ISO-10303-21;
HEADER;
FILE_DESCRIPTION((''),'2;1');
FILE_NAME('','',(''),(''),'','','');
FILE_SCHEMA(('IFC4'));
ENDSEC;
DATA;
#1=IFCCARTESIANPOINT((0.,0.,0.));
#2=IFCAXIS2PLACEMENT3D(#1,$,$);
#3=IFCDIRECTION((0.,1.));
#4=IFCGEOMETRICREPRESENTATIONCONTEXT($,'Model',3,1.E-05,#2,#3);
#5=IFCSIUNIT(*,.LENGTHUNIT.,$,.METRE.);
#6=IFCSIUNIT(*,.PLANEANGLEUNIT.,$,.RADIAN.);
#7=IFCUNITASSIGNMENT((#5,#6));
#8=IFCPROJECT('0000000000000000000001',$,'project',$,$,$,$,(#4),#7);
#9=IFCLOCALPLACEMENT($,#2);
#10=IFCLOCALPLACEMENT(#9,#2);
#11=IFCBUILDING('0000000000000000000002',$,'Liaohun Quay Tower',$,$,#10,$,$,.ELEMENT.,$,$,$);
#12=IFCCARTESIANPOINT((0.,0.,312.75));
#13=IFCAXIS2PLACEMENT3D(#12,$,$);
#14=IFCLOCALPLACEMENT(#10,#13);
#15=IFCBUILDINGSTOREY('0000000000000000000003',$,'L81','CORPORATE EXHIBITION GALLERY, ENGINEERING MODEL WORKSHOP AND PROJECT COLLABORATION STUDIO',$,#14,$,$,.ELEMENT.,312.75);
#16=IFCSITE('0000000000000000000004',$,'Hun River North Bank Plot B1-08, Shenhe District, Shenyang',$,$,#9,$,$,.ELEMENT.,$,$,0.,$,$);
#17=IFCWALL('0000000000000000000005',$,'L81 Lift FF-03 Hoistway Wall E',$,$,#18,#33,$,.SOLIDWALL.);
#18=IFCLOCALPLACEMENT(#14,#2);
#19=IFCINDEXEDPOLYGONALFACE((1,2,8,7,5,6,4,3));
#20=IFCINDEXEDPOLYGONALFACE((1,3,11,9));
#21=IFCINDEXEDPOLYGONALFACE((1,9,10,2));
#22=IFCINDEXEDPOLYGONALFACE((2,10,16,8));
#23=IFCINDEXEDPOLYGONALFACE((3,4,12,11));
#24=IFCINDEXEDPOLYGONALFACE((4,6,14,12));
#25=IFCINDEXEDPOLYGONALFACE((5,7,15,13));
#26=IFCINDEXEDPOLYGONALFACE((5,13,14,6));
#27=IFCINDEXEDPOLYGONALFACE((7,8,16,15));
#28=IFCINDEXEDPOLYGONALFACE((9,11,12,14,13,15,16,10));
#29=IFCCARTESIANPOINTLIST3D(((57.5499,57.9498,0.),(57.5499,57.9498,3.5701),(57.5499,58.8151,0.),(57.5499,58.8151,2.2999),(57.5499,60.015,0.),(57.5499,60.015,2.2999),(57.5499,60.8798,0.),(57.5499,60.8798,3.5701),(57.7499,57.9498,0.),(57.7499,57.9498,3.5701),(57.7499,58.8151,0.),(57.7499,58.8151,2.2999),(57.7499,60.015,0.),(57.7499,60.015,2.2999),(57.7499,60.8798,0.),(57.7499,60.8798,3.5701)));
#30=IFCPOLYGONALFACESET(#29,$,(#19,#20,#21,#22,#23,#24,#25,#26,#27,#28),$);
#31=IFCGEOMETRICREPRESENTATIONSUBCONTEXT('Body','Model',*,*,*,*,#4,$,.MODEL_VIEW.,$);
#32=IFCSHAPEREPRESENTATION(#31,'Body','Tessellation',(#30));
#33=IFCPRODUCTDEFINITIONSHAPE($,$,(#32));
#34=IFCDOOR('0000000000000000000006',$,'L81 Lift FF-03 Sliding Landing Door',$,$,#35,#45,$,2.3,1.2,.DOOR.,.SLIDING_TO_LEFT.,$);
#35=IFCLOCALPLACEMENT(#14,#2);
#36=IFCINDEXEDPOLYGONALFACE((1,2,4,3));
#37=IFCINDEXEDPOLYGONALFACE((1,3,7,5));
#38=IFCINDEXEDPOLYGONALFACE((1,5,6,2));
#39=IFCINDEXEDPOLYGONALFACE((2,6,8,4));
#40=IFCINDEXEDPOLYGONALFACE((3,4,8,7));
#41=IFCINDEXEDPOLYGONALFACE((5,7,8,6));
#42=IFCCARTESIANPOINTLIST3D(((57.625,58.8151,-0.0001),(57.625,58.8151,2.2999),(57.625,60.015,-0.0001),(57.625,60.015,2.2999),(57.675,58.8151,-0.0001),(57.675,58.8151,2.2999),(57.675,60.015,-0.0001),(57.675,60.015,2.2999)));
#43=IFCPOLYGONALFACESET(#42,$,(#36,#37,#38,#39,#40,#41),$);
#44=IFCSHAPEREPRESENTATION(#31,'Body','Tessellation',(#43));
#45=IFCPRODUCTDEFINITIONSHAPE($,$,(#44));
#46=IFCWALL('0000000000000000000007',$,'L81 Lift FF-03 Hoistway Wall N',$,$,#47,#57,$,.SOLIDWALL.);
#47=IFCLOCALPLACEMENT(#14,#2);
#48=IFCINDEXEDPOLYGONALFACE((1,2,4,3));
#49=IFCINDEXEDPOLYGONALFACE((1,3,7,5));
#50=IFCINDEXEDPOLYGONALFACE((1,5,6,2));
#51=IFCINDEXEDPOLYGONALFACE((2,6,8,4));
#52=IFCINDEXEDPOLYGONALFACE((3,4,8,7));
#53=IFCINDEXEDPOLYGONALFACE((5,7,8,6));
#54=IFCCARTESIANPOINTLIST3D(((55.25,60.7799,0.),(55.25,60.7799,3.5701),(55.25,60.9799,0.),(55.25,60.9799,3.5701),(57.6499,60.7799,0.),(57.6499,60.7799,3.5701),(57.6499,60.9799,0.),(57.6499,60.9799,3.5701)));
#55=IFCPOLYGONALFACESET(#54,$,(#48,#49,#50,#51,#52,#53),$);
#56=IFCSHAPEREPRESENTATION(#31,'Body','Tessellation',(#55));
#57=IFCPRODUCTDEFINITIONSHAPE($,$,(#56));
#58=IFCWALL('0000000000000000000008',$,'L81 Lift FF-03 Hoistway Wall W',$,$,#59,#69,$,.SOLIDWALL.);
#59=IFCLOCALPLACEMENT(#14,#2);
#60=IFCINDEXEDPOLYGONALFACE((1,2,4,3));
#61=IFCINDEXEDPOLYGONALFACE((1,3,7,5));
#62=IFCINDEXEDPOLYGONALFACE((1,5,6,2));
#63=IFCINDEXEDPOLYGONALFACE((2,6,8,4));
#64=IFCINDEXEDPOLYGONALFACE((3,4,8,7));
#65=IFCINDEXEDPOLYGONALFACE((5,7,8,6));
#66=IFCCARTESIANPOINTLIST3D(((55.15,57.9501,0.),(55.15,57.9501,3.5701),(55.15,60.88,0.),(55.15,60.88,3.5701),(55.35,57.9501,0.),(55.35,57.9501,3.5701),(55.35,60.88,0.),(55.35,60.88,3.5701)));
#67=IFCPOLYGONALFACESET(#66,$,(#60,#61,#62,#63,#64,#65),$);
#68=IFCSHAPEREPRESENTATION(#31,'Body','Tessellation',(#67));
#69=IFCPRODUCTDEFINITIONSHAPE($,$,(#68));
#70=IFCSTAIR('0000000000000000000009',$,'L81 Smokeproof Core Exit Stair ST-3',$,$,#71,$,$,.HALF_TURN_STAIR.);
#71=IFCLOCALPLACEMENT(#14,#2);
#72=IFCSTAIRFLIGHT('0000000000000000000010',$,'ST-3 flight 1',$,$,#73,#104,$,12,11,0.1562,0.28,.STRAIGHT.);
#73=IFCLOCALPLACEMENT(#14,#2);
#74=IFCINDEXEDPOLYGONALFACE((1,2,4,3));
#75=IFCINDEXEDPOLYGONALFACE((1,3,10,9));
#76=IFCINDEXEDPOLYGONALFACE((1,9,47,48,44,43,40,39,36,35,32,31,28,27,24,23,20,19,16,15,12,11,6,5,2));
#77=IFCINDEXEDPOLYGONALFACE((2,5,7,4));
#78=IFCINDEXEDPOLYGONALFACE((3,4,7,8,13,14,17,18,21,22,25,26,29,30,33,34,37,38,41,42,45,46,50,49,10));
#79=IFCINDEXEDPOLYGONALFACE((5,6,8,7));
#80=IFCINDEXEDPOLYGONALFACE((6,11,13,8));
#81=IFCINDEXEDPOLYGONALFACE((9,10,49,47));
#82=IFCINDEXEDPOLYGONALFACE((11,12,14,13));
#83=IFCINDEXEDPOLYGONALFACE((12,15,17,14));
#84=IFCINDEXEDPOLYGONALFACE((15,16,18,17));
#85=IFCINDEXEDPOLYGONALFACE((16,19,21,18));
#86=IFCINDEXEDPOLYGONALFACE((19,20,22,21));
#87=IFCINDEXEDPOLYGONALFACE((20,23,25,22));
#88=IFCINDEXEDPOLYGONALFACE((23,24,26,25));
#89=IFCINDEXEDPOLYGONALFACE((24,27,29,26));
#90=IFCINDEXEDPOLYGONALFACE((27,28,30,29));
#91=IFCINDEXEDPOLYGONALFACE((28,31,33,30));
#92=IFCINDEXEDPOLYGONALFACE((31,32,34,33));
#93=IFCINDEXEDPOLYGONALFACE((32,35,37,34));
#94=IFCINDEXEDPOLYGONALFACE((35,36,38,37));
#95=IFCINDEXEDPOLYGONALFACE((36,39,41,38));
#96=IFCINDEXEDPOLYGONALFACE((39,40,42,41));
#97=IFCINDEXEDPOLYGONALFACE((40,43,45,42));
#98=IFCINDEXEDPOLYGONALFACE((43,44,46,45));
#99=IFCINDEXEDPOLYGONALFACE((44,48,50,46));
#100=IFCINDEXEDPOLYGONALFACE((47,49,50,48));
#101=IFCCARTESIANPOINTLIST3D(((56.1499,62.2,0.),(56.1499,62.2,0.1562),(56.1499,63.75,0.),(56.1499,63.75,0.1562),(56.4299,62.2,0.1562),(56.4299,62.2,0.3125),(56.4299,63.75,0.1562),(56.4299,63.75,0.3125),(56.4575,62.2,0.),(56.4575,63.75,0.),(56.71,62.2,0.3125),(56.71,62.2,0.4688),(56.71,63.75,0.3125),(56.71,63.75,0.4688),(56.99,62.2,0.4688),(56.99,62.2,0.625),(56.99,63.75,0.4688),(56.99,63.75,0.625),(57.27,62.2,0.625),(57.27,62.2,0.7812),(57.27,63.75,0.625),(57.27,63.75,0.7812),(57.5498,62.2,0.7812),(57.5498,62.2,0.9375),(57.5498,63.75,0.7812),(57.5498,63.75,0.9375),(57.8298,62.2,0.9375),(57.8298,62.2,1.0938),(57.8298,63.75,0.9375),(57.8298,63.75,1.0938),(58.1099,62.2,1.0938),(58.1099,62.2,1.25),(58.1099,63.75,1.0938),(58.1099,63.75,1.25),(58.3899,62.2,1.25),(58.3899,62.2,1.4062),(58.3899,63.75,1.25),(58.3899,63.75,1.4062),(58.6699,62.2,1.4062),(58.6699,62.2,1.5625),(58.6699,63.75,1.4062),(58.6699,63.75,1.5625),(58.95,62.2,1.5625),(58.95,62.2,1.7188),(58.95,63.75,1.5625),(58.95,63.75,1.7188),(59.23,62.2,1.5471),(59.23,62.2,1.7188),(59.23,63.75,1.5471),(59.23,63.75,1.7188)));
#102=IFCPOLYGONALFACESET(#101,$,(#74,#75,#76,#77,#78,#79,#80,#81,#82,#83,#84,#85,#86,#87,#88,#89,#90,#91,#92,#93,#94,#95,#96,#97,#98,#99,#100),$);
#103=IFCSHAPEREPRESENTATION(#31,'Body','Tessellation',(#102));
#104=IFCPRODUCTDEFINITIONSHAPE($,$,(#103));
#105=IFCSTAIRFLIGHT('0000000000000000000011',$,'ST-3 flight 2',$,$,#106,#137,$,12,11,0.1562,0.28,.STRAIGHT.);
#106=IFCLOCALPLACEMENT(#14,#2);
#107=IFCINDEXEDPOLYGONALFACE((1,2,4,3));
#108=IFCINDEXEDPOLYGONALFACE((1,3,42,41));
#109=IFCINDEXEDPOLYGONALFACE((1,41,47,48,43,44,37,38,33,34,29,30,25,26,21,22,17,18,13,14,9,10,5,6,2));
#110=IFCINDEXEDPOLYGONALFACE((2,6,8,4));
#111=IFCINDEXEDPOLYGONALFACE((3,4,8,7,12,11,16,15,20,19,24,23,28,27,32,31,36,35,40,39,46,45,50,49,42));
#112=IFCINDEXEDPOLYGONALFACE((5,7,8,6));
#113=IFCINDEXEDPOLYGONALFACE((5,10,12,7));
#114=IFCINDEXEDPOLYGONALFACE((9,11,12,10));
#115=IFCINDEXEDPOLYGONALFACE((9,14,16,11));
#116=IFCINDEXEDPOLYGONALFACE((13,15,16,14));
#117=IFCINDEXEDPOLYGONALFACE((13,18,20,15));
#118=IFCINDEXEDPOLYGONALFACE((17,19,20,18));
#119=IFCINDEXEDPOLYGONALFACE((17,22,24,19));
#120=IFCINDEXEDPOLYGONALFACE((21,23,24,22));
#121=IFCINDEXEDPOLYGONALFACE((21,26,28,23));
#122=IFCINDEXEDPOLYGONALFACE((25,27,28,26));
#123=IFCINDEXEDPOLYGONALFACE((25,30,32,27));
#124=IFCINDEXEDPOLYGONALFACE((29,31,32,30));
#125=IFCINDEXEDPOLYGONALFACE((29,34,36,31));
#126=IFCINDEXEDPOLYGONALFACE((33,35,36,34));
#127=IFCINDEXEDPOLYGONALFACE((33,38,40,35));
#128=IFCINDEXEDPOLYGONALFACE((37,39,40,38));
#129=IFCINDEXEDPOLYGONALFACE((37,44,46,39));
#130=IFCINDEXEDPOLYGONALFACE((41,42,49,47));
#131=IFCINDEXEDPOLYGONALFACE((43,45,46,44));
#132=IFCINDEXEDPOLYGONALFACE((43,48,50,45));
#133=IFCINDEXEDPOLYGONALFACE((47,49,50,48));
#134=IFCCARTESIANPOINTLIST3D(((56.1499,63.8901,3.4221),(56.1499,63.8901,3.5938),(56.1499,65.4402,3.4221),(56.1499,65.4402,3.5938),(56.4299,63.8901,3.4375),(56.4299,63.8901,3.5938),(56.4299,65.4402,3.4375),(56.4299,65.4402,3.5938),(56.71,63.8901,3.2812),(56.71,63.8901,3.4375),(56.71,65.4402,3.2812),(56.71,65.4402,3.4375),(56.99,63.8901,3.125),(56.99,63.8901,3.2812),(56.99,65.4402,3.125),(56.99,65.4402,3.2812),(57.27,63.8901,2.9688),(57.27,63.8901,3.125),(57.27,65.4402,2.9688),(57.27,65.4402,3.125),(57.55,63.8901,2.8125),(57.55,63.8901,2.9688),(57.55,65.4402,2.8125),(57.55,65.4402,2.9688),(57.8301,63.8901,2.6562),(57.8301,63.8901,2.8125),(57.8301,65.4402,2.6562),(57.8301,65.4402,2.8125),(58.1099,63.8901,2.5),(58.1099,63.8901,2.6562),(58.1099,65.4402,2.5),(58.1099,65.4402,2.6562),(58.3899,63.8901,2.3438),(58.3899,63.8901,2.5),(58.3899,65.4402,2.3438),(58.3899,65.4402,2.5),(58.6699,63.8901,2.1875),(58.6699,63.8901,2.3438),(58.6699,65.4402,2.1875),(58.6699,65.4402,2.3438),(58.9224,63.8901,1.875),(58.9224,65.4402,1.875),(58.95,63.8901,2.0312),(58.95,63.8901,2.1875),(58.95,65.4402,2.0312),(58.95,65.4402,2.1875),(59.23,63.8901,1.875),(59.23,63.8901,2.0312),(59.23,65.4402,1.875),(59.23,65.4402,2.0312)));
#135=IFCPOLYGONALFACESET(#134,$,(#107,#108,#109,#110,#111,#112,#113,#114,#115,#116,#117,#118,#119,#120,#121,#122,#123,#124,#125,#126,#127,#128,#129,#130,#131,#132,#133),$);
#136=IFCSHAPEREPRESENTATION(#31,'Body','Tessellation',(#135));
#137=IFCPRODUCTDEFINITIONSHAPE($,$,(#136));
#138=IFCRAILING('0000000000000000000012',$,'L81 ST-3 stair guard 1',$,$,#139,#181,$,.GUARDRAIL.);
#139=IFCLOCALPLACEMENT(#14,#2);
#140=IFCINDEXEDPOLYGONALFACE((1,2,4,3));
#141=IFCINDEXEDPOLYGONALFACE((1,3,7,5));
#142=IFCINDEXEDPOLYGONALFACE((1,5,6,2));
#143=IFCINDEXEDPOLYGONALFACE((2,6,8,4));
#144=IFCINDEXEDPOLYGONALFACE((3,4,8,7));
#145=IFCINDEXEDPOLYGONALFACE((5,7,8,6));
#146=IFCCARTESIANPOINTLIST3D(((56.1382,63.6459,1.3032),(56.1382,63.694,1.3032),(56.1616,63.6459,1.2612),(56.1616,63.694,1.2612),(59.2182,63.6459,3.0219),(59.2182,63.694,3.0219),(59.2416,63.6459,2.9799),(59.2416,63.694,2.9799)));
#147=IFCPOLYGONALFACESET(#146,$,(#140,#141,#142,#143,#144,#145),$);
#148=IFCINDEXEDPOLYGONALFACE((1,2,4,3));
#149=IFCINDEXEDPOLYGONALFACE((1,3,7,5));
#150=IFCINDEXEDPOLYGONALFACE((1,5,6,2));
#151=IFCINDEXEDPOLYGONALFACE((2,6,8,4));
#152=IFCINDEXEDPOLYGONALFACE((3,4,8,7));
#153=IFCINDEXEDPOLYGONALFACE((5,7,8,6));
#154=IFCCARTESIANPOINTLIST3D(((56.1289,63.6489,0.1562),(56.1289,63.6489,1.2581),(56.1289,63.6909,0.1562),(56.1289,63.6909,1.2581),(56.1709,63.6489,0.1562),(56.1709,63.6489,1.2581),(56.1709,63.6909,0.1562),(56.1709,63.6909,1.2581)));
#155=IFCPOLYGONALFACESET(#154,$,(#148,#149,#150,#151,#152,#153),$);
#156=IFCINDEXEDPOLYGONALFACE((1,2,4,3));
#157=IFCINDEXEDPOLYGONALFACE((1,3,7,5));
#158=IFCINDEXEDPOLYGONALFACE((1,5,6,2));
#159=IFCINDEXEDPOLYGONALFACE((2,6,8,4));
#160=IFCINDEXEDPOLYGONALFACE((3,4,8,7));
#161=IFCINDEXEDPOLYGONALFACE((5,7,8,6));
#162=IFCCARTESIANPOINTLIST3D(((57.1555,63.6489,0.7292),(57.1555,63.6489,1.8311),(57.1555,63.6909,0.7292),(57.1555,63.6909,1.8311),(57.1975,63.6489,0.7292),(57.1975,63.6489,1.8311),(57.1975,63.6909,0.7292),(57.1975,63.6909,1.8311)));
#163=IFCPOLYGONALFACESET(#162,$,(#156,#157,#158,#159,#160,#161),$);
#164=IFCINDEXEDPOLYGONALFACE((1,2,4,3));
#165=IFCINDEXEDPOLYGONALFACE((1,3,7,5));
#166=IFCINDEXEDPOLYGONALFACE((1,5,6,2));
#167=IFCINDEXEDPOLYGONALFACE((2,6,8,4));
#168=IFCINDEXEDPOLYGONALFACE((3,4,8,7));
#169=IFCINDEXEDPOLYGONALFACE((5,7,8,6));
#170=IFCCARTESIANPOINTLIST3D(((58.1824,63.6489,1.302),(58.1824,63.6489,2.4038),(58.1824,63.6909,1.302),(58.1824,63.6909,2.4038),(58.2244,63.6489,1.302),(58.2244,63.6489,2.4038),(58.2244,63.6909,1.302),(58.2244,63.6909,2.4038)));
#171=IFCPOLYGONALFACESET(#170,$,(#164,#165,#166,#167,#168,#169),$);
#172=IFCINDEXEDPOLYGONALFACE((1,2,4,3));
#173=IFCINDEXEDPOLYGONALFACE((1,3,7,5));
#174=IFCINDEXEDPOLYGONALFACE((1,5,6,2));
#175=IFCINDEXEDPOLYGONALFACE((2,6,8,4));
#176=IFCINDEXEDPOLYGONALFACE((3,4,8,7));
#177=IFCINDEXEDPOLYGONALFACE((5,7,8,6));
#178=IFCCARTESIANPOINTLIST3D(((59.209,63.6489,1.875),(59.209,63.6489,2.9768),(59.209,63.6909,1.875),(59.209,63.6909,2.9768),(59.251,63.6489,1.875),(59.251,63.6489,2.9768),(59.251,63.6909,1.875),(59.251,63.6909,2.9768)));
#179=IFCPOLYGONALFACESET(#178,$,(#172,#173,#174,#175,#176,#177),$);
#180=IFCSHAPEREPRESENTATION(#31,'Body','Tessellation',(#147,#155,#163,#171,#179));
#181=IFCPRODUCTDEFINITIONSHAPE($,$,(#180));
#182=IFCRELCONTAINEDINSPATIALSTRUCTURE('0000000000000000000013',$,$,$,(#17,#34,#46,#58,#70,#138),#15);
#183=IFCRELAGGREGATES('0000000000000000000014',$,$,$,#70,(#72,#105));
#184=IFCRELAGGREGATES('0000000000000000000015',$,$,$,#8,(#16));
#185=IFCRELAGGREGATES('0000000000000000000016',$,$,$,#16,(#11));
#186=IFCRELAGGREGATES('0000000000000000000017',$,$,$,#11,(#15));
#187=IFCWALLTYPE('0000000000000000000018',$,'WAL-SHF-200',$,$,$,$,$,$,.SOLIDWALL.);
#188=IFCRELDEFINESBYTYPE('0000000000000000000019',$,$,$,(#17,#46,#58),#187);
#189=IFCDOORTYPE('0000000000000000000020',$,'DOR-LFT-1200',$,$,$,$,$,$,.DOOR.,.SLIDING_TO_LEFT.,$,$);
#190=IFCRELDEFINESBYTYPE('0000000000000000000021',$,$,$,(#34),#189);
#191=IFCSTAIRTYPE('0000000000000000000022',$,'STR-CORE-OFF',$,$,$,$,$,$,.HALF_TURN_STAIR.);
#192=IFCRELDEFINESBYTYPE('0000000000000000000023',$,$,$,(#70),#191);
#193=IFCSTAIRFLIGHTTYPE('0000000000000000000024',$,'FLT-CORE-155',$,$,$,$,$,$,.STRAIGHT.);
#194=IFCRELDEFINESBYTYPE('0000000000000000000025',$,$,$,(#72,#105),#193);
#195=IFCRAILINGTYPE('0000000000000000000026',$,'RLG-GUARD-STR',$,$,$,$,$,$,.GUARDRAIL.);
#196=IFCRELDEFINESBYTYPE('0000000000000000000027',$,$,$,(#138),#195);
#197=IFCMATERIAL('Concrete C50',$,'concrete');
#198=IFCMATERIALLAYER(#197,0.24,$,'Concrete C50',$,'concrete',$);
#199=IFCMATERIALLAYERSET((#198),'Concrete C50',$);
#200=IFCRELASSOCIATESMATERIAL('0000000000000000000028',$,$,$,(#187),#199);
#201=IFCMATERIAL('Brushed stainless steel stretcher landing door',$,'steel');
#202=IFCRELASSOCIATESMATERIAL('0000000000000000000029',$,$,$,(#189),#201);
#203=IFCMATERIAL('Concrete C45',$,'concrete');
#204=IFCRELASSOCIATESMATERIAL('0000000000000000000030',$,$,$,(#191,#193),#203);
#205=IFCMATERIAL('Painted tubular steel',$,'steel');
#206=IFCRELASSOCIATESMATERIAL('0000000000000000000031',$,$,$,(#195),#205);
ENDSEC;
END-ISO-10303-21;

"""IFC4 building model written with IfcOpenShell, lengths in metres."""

from ifc_helpers import new_model, si_unit, direction, frame, frame_2d, origin, origin_2d, place, context, subcontext, project, spatial, polyline, rectangle, outline, extrude, source, transform, mapped, material, layer, layer_set, type_object, element, fill, aggregate, save


model = new_model("IFC4")

# Units and contexts
model_context = context("Model", 3, precision=1e-05, world=origin(), true_north=direction((0.0, 1.0)))
body_context = subcontext(model_context, "Body", "Model", "MODEL_VIEW")
ifc_project = project(units=[si_unit("LENGTHUNIT", "METRE"), si_unit("PLANEANGLEUNIT", "RADIAN")], contexts=[model_context])

# Site, building, storey
site_placement = place(None, origin())
site = spatial("IfcSite", under=ifc_project, at=site_placement, Name="Hun River North Bank Plot B1-08, Shenhe District, Shenyang", CompositionType="ELEMENT", RefElevation=0.0)
building_placement = place(site_placement, origin())
building = spatial("IfcBuilding", under=site, at=building_placement, Name="Liaohun Quay Tower", CompositionType="ELEMENT")
storey_placement = place(building_placement, frame((0.0, 0.0, 312.75)))
storey = spatial("IfcBuildingStorey", under=building, at=storey_placement, Name="L81", Description="CORPORATE EXHIBITION GALLERY, ENGINEERING MODEL WORKSHOP AND PROJECT COLLABORATION STUDIO", CompositionType="ELEMENT", Elevation=312.75)

# Shared definitions
ifc_material_1 = material(Name="Concrete C50", Category="concrete")

# Shared definitions
ifc_layer_1 = layer(ifc_material_1, 0.24, Name="Concrete C50", Category="concrete")
ifc_layer_set_1 = layer_set([ifc_layer_1], Name="Concrete C50")
wall_type_1 = type_object("IfcWallType", Name="WAL-SHF-200", PredefinedType="SOLIDWALL", material=ifc_layer_set_1)

# Wall, opening, door
wall_1_placement = place(storey_placement, frame((57.6499, 57.95, 0.0), z_axis=(0.0, 0.0, 1.0), x_axis=(0.0, 1.0, 0.0)))
wall_1 = element("IfcWall", 1, at=wall_1_placement, inside=storey, type_object=wall_type_1, Name="L81 Lift FF-03 Hoistway Wall E", PredefinedType="SOLIDWALL", context=body_context, shape_type="SweptSolid", body=[
    extrude(rectangle(XDim=2.9299, YDim=0.2, at=frame_2d((1.4648, 0.0))), origin(), (0.0, 0.0, 1.0), 3.5701),
])
shared_shape_1 = source(origin(), body_context, "Body", "SweptSolid", [
    extrude(rectangle(XDim=1.2, YDim=2.3, at=frame_2d((0.6001, 1.1499))), frame((0.0, 0.1099, 0.0), z_axis=(0.0, -1.0, 0.0), x_axis=(1.0, 0.0, 0.0)), (0.0, 0.0, 1.0), 0.22),
])
opening_1_placement = place(wall_1_placement, frame((0.865, 0.0, 0.0)))
opening_1 = element("IfcOpeningElement", 2, at=opening_1_placement, cuts=wall_1, PredefinedType="OPENING", context=body_context, shape_type="MappedRepresentation", body=[
    mapped(shared_shape_1, transform((0.0, 0.0, 0.0), x_axis=(1.0, 0.0, 0.0), y_axis=(0.0, 1.0, 0.0), z_axis=(0.0, 0.0, 1.0), scale=1.0)),
])
ifc_material_2 = material(Name="Brushed stainless steel stretcher landing door", Category="steel")
door_type_1 = type_object("IfcDoorType", Name="DOR-LFT-1200", OperationType="SLIDING_TO_LEFT", PredefinedType="DOOR", material=ifc_material_2)
shared_shape_2 = source(origin(), body_context, "Body", "SweptSolid", [
    extrude(rectangle(XDim=1.2, YDim=2.3, at=frame_2d((0.6001, 1.1499))), frame((0.0, 0.0249, 0.0), z_axis=(0.0, -1.0, 0.0), x_axis=(1.0, 0.0, 0.0)), (0.0, 0.0, 1.0), 0.05),
])
door_1_placement = place(opening_1_placement, origin())
door_1 = element("IfcDoor", 3, at=door_1_placement, inside=storey, type_object=door_type_1, Name="L81 Lift FF-03 Sliding Landing Door", OperationType="SLIDING_TO_LEFT", OverallHeight=2.3, OverallWidth=1.2, PredefinedType="DOOR", context=body_context, shape_type="MappedRepresentation", body=[
    mapped(shared_shape_2, transform((0.0, 0.0, 0.0), x_axis=(1.0, 0.0, 0.0), y_axis=(0.0, 1.0, 0.0), z_axis=(0.0, 0.0, 1.0), scale=1.0)),
])
fill(opening_1, door_1)

# Walls
wall_2_placement = place(storey_placement, frame((57.6499, 60.8799, 0.0), z_axis=(0.0, 0.0, 1.0), x_axis=(-1.0, 0.0, 0.0)))
element("IfcWall", 4, at=wall_2_placement, inside=storey, type_object=wall_type_1, Name="L81 Lift FF-03 Hoistway Wall N", PredefinedType="SOLIDWALL", context=body_context, shape_type="SweptSolid", body=[
    extrude(rectangle(XDim=2.3999, YDim=0.2, at=frame_2d((1.2, 0.0))), origin(), (0.0, 0.0, 1.0), 3.5701),
])
wall_3_placement = place(storey_placement, frame((55.25, 60.8799, 0.0), z_axis=(0.0, 0.0, 1.0), x_axis=(0.0, -1.0, 0.0)))
element("IfcWall", 5, at=wall_3_placement, inside=storey, type_object=wall_type_1, Name="L81 Lift FF-03 Hoistway Wall W", PredefinedType="SOLIDWALL", context=body_context, shape_type="SweptSolid", body=[
    extrude(rectangle(XDim=2.9299, YDim=0.2, at=frame_2d((1.4648, 0.0))), origin(), (0.0, 0.0, 1.0), 3.5701),
])

# Stair, stair flights
ifc_material_3 = material(Name="Concrete C45", Category="concrete")
stair_type = type_object("IfcStairType", Name="STR-CORE-OFF", PredefinedType="HALF_TURN_STAIR", material=ifc_material_3)
stair_placement = place(storey_placement, origin())
stair = element("IfcStair", 6, at=stair_placement, inside=storey, type_object=stair_type, Name="L81 Smokeproof Core Exit Stair ST-3", PredefinedType="HALF_TURN_STAIR")
stair_flight_type = type_object("IfcStairFlightType", Name="FLT-CORE-155", PredefinedType="STRAIGHT", material=ifc_material_3)
stair_flight_1_placement = place(storey_placement, frame((56.1499, 62.9751, 0.0), z_axis=(0.0, 0.0, 1.0), x_axis=(1.0, 0.0, 0.0)))
stair_flight_1 = element("IfcStairFlight", 7, at=stair_flight_1_placement, type_object=stair_flight_type, Name="ST-3 flight 1", NumberOfRisers=12, NumberOfTreads=11, PredefinedType="STRAIGHT", RiserHeight=0.1562, TreadLength=0.28, context=body_context, shape_type="SweptSolid", body=[
    extrude(outline(polyline([(0.0, 0.0), (0.0, 0.1562), (0.28, 0.1562), (0.28, 0.3125), (0.5601, 0.3125), (0.5601, 0.4688), (0.8401, 0.4688), (0.8401, 0.625), (1.1201, 0.625), (1.1201, 0.7812), (1.3999, 0.7812), (1.3999, 0.9375), (1.6799, 0.9375), (1.6799, 1.0938), (1.96, 1.0938), (1.96, 1.25), (2.24, 1.25), (2.24, 1.4062), (2.52, 1.4062), (2.52, 1.5625), (2.8, 1.5625), (2.8, 1.7188), (3.0801, 1.7188), (3.0801, 1.875), (3.0801, 1.5471), (0.3076, 0.0), (0.0, 0.0)])), frame((0.0, 0.7749, 0.0), z_axis=(0.0, -1.0, 0.0), x_axis=(1.0, 0.0, 0.0)), (0.0, 0.0, 1.0), 1.55),
])
stair_flight_2_placement = place(storey_placement, frame((59.23, 64.665, 1.875), z_axis=(0.0, 0.0, 1.0), x_axis=(-1.0, 0.0, 0.0)))
stair_flight_2 = element("IfcStairFlight", 8, at=stair_flight_2_placement, type_object=stair_flight_type, Name="ST-3 flight 2", NumberOfRisers=12, NumberOfTreads=11, PredefinedType="STRAIGHT", RiserHeight=0.1562, TreadLength=0.28, context=body_context, shape_type="SweptSolid", body=[
    extrude(outline(polyline([(0.0, 0.0), (0.0, 0.1562), (0.28, 0.1562), (0.28, 0.3125), (0.5601, 0.3125), (0.5601, 0.4688), (0.8401, 0.4688), (0.8401, 0.625), (1.1201, 0.625), (1.1201, 0.7812), (1.3999, 0.7812), (1.3999, 0.9375), (1.6799, 0.9375), (1.6799, 1.0938), (1.96, 1.0938), (1.96, 1.25), (2.24, 1.25), (2.24, 1.4062), (2.52, 1.4062), (2.52, 1.5625), (2.8, 1.5625), (2.8, 1.7188), (3.0801, 1.7188), (3.0801, 1.875), (3.0801, 1.5471), (0.3076, 0.0), (0.0, 0.0)])), frame((0.0, 0.7749, 0.0), z_axis=(0.0, -1.0, 0.0), x_axis=(1.0, 0.0, 0.0)), (0.0, 0.0, 1.0), 1.55),
])
aggregate(stair, [stair_flight_1, stair_flight_2])

# Railing
ifc_material_4 = material(Name="Painted tubular steel", Category="steel")
railing_type_1 = type_object("IfcRailingType", Name="RLG-GUARD-STR", PredefinedType="GUARDRAIL", material=ifc_material_4)
railing_1_placement = place(storey_placement, frame((56.1499, 63.6699, 0.1562)))
element("IfcRailing", 9, at=railing_1_placement, inside=storey, type_object=railing_type_1, Name="L81 ST-3 stair guard 1", PredefinedType="GUARDRAIL", context=body_context, shape_type="SweptSolid", body=[
    extrude(rectangle(XDim=0.0481, YDim=0.0481, at=origin_2d()), frame((0.0, 0.0, 1.126), z_axis=(0.873242, 0.0, 0.487288), x_axis=(0.0, 1.0, 0.0)), (0.0, 0.0, 1.0), 3.5271),
    extrude(rectangle(XDim=0.042, YDim=0.042, at=origin_2d()), origin(), (0.0, 0.0, 1.0), 1.1018),
    extrude(rectangle(XDim=0.042, YDim=0.042, at=origin_2d()), frame((1.0266, 0.0, 0.573)), (0.0, 0.0, 1.0), 1.1018),
    extrude(rectangle(XDim=0.042, YDim=0.042, at=origin_2d()), frame((2.0535, 0.0, 1.1458)), (0.0, 0.0, 1.0), 1.1018),
    extrude(rectangle(XDim=0.042, YDim=0.042, at=origin_2d()), frame((3.0801, 0.0, 1.7188)), (0.0, 0.0, 1.0), 1.1018),
])

save(model, "model.ifc")
